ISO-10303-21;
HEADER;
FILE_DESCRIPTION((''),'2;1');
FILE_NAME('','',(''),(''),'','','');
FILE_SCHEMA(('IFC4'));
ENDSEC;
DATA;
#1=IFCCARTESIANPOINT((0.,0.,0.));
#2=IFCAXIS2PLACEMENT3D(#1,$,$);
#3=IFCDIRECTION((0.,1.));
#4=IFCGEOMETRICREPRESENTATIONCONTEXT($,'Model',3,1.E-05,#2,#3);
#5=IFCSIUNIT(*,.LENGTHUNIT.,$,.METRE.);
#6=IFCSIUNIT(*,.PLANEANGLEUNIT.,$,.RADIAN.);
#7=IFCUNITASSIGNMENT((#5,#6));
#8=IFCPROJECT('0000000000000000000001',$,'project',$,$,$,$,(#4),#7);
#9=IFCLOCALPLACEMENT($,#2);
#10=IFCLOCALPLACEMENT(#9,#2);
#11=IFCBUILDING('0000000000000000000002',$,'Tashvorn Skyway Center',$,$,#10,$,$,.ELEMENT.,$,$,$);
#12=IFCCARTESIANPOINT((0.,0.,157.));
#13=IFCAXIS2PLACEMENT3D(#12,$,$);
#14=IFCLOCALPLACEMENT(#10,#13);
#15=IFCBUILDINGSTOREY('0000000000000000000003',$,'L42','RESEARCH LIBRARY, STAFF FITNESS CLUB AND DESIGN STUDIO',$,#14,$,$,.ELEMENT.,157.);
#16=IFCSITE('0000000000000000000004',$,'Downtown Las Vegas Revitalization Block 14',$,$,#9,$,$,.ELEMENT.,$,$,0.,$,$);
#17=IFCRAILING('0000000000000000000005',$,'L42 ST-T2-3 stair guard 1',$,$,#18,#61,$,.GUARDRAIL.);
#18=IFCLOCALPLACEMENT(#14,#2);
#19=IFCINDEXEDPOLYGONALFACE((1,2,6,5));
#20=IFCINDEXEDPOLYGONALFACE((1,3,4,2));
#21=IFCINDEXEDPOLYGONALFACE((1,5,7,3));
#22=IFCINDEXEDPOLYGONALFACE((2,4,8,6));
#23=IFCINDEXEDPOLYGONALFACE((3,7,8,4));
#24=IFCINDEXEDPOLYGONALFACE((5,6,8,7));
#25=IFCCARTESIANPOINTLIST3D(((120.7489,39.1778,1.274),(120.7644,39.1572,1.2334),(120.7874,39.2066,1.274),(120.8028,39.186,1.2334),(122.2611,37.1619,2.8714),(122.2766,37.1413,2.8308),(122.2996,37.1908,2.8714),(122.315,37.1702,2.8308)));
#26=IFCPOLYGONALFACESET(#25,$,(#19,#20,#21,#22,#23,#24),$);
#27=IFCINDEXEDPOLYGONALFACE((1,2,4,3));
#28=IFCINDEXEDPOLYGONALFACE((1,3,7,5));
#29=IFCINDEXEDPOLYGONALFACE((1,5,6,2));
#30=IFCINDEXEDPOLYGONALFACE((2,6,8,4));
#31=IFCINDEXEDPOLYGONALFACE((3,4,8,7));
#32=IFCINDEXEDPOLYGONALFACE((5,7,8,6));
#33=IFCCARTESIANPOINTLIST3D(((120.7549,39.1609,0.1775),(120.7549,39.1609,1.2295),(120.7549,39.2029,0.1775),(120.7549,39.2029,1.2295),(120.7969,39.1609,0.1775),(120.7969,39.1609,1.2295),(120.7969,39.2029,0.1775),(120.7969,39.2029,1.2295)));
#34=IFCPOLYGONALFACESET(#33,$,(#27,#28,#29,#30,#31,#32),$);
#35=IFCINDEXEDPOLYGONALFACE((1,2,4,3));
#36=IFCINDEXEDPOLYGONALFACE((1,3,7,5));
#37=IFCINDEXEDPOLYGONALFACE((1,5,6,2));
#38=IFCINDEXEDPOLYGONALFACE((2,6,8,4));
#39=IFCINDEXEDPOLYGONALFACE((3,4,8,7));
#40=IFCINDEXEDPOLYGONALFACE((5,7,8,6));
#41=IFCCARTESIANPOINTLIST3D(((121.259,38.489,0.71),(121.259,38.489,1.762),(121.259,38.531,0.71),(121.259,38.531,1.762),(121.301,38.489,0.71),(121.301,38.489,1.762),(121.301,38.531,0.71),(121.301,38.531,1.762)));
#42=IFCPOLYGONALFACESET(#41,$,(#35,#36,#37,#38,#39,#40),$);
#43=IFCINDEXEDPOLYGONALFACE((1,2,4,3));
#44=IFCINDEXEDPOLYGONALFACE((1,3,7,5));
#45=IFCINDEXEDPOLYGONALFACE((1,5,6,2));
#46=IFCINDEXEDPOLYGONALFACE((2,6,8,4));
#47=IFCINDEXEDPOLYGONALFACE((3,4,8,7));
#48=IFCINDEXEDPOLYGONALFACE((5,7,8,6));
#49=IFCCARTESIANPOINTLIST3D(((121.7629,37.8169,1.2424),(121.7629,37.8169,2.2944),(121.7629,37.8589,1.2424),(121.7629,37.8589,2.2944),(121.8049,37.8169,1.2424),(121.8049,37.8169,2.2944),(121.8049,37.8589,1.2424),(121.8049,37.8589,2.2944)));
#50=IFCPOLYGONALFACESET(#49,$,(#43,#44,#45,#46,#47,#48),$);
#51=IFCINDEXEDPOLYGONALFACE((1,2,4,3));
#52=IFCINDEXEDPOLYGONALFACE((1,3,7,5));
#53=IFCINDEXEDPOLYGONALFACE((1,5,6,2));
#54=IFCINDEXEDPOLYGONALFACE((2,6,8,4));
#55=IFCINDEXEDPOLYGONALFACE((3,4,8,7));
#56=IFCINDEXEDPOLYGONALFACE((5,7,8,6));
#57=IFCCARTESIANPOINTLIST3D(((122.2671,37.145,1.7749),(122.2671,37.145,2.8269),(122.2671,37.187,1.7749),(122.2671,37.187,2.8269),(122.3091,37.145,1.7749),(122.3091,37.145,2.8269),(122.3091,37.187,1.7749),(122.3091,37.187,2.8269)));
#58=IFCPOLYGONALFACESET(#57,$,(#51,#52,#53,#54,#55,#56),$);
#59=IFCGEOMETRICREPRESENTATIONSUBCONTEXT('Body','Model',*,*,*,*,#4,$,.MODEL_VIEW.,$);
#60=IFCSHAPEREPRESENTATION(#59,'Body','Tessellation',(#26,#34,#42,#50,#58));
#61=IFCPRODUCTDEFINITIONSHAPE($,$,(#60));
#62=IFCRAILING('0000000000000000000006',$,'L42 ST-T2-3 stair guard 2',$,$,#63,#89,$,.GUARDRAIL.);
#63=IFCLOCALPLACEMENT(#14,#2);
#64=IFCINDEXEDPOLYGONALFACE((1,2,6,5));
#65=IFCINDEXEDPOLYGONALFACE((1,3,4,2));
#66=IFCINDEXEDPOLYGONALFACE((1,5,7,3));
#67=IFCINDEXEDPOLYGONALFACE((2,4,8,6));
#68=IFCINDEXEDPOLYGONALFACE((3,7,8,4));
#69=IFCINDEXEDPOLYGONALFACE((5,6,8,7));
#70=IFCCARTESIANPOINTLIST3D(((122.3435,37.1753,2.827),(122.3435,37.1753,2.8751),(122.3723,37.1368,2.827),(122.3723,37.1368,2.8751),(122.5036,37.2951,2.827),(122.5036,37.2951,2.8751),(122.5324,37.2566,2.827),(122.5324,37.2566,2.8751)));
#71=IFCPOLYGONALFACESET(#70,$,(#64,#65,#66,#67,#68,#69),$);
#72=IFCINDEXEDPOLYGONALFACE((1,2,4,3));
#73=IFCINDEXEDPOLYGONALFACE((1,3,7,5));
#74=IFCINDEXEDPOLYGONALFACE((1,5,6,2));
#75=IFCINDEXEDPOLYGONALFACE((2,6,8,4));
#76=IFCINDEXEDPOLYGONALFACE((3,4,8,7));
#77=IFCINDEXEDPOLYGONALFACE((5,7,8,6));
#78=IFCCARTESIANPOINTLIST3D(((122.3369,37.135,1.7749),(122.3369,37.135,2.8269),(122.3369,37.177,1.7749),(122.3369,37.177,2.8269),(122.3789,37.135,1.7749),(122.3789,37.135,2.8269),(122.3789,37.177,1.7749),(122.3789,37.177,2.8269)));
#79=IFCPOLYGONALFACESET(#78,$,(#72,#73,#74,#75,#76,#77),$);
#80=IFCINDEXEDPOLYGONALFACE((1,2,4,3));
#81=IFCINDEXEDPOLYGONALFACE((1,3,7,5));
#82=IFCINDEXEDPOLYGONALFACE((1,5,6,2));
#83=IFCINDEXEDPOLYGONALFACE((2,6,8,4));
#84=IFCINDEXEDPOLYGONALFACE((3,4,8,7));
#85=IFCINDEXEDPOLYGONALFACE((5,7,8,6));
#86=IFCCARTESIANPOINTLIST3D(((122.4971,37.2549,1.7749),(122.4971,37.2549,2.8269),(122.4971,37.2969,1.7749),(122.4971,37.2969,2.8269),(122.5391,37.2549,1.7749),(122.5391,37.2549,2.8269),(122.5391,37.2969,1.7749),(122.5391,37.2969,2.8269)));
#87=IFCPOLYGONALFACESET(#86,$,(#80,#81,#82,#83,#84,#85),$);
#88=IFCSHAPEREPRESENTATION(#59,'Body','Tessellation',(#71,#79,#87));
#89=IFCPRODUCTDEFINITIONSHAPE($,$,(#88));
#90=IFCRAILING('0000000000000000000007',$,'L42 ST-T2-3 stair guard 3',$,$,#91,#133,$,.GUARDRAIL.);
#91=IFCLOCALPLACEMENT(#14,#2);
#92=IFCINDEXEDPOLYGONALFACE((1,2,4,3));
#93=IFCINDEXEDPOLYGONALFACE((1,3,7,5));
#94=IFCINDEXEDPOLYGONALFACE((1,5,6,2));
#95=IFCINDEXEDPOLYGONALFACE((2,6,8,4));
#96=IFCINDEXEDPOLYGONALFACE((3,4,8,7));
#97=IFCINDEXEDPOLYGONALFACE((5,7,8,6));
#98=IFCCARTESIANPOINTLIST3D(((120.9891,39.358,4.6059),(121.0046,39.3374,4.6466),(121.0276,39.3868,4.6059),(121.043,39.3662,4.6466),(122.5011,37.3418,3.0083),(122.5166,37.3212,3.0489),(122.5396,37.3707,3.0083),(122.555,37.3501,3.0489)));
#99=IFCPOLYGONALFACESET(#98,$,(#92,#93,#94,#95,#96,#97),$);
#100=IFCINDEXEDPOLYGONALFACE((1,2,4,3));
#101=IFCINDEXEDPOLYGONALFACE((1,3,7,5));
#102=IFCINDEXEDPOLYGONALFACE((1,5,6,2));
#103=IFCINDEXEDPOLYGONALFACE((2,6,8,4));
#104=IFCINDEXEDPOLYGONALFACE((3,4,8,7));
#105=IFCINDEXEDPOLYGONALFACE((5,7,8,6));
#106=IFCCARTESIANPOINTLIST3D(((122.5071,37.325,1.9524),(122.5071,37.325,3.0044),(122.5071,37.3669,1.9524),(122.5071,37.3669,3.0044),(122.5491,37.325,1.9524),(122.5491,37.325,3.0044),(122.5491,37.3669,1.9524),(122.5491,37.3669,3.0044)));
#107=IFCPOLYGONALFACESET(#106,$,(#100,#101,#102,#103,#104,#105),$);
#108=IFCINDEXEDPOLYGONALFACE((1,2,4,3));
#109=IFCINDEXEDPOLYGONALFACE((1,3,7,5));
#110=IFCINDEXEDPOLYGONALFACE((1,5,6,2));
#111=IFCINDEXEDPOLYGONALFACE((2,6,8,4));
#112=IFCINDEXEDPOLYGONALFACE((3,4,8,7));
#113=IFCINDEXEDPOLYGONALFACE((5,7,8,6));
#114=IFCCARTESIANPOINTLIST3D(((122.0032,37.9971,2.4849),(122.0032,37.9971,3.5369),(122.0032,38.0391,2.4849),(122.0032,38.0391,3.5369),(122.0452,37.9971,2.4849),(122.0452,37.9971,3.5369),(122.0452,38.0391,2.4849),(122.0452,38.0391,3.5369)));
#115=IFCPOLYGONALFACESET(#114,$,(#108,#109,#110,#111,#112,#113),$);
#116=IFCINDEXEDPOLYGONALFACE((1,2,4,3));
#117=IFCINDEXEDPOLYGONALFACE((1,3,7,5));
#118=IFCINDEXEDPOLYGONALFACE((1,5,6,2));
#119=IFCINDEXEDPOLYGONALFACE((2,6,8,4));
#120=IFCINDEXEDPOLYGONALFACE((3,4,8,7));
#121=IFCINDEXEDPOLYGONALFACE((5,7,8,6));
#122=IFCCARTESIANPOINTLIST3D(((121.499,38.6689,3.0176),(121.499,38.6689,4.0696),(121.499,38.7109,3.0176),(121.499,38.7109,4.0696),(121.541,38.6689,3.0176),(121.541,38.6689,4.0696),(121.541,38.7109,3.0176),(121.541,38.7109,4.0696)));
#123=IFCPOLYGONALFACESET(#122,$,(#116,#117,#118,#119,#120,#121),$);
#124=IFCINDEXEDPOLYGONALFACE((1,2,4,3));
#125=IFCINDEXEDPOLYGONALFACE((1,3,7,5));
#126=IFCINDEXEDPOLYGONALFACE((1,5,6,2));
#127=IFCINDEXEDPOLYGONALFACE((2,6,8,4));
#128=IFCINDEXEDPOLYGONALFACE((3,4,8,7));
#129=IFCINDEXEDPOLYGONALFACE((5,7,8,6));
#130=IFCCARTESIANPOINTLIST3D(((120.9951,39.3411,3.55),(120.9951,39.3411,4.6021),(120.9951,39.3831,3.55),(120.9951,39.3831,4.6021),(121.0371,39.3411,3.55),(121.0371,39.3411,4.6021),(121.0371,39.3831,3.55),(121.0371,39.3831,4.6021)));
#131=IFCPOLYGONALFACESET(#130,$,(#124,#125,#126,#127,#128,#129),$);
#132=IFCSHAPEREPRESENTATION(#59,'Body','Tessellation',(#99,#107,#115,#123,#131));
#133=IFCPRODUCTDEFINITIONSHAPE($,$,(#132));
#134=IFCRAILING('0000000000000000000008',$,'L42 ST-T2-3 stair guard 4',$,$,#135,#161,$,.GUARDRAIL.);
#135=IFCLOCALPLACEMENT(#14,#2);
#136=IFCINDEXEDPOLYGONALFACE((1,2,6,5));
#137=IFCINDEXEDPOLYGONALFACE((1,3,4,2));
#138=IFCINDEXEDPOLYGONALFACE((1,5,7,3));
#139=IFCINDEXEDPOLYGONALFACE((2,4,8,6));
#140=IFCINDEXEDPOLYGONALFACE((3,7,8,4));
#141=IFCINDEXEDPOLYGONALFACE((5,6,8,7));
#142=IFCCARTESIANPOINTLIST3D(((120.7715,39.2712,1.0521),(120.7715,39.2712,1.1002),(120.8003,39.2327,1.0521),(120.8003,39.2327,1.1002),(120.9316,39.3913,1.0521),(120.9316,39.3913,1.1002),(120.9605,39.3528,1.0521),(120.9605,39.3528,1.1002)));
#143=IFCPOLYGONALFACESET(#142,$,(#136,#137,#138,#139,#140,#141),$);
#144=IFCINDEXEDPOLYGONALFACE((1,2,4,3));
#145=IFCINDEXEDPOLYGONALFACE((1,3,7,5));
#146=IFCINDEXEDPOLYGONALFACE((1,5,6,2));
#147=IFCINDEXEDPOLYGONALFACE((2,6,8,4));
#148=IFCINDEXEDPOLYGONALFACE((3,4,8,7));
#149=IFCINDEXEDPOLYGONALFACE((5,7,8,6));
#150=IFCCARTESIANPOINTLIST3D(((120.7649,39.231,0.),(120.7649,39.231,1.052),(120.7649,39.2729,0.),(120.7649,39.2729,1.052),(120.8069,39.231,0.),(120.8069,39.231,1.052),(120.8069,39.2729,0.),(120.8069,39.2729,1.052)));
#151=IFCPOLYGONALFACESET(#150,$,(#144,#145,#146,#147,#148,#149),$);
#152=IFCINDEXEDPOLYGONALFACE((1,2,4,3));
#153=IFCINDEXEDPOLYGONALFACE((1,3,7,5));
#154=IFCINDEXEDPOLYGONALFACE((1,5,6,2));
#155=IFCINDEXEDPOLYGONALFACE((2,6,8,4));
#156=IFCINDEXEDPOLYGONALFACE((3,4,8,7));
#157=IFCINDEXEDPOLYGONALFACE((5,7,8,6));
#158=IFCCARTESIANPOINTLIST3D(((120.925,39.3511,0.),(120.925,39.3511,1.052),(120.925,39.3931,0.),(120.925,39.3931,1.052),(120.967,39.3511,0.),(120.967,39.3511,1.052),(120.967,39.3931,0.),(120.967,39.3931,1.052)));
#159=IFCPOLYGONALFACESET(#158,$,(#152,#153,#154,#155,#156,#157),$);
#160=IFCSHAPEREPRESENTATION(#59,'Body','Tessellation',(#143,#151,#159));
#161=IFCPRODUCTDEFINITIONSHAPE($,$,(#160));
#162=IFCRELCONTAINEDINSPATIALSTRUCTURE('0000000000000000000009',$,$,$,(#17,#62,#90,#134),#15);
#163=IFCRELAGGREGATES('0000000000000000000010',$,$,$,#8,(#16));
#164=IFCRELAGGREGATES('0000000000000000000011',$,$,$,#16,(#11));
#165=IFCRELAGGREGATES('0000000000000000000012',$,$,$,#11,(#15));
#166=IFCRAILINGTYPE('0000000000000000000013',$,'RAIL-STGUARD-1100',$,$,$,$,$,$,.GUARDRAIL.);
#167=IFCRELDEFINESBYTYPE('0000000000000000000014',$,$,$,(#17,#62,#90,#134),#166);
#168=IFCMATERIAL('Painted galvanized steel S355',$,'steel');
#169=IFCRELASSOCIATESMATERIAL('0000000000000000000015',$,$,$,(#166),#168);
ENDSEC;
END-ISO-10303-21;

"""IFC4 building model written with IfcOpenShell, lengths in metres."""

from ifc_helpers import new_model, si_unit, direction, frame, origin, origin_2d, place, context, subcontext, project, spatial, rectangle, extrude, material, type_object, element, save


model = new_model("IFC4")

# Units and contexts
model_context = context("Model", 3, precision=1e-05, world=origin(), true_north=direction((0.0, 1.0)))
body_context = subcontext(model_context, "Body", "Model", "MODEL_VIEW")
ifc_project = project(units=[si_unit("LENGTHUNIT", "METRE"), si_unit("PLANEANGLEUNIT", "RADIAN")], contexts=[model_context])

# Site, building, storey
site_placement = place(None, origin())
site = spatial("IfcSite", under=ifc_project, at=site_placement, Name="Downtown Las Vegas Revitalization Block 14", CompositionType="ELEMENT", RefElevation=0.0)
building_placement = place(site_placement, origin())
building = spatial("IfcBuilding", under=site, at=building_placement, Name="Tashvorn Skyway Center", CompositionType="ELEMENT")
storey_placement = place(building_placement, frame((0.0, 0.0, 157.0)))
storey = spatial("IfcBuildingStorey", under=building, at=storey_placement, Name="L42", Description="RESEARCH LIBRARY, STAFF FITNESS CLUB AND DESIGN STUDIO", CompositionType="ELEMENT", Elevation=157.0)

# Railings
ifc_material_1 = material(Name="Painted galvanized steel S355", Category="steel")
railing_type_1 = type_object("IfcRailingType", Name="RAIL-STGUARD-1100", PredefinedType="GUARDRAIL", material=ifc_material_1)
railing_1_placement = place(storey_placement, frame((120.7759, 39.1819, 0.1775)))
element("IfcRailing", 1, at=railing_1_placement, inside=storey, type_object=railing_type_1, Name="L42 ST-T2-3 stair guard 1", PredefinedType="GUARDRAIL", context=body_context, shape_type="SweptSolid", body=[
    extrude(rectangle(XDim=0.0481, YDim=0.0481, at=origin_2d()), frame((0.0, 0.0, 1.0762), z_axis=(0.50683, -0.675636, 0.535387), x_axis=(0.799942, 0.600078, 0.0)), (0.0, 0.0, 1.0), 2.9836),
    extrude(rectangle(XDim=0.042, YDim=0.042, at=origin_2d()), origin(), (0.0, 0.0, 1.0), 1.052),
    extrude(rectangle(XDim=0.042, YDim=0.042, at=origin_2d()), frame((0.5042, -0.6719, 0.5325)), (0.0, 0.0, 1.0), 1.052),
    extrude(rectangle(XDim=0.042, YDim=0.042, at=origin_2d()), frame((1.0081, -1.344, 1.0649)), (0.0, 0.0, 1.0), 1.052),
    extrude(rectangle(XDim=0.042, YDim=0.042, at=origin_2d()), frame((1.5122, -2.0159, 1.5974)), (0.0, 0.0, 1.0), 1.052),
])
railing_2_placement = place(storey_placement, frame((122.3579, 37.156, 1.7749)))
element("IfcRailing", 2, at=railing_2_placement, inside=storey, type_object=railing_type_1, Name="L42 ST-T2-3 stair guard 2", PredefinedType="GUARDRAIL", context=body_context, shape_type="SweptSolid", body=[
    extrude(rectangle(XDim=0.0481, YDim=0.0481, at=origin_2d()), frame((0.0, 0.0, 1.0762), z_axis=(0.800585, 0.599219, 0.0), x_axis=(-0.599219, 0.800585, 0.0)), (0.0, 0.0, 1.0), 0.2),
    extrude(rectangle(XDim=0.042, YDim=0.042, at=origin_2d()), origin(), (0.0, 0.0, 1.0), 1.052),
    extrude(rectangle(XDim=0.042, YDim=0.042, at=origin_2d()), frame((0.1602, 0.1199, 0.0)), (0.0, 0.0, 1.0), 1.052),
])
railing_3_placement = place(storey_placement, frame((122.5281, 37.3459, 1.9524)))
element("IfcRailing", 3, at=railing_3_placement, inside=storey, type_object=railing_type_1, Name="L42 ST-T2-3 stair guard 3", PredefinedType="GUARDRAIL", context=body_context, shape_type="SweptSolid", body=[
    extrude(rectangle(XDim=0.0481, YDim=0.0481, at=origin_2d()), frame((0.0, 0.0, 1.0762), z_axis=(-0.506719, 0.675679, 0.535438), x_axis=(-0.800023, -0.599969, 0.0)), (0.0, 0.0, 1.0), 2.9839),
    extrude(rectangle(XDim=0.042, YDim=0.042, at=origin_2d()), origin(), (0.0, 0.0, 1.0), 1.052),
    extrude(rectangle(XDim=0.042, YDim=0.042, at=origin_2d()), frame((-0.5039, 0.6721, 0.5325)), (0.0, 0.0, 1.0), 1.052),
    extrude(rectangle(XDim=0.042, YDim=0.042, at=origin_2d()), frame((-1.0081, 1.344, 1.0652)), (0.0, 0.0, 1.0), 1.052),
    extrude(rectangle(XDim=0.042, YDim=0.042, at=origin_2d()), frame((-1.512, 2.0161, 1.5977)), (0.0, 0.0, 1.0), 1.052),
])
railing_4_placement = place(storey_placement, frame((120.7859, 39.252, 0.0)))
element("IfcRailing", 4, at=railing_4_placement, inside=storey, type_object=railing_type_1, Name="L42 ST-T2-3 stair guard 4", PredefinedType="GUARDRAIL", context=body_context, shape_type="SweptSolid", body=[
    extrude(rectangle(XDim=0.0481, YDim=0.0481, at=origin_2d()), frame((0.0, 0.0, 1.0762), z_axis=(0.8, 0.6, 0.0), x_axis=(-0.6, 0.8, 0.0)), (0.0, 0.0, 1.0), 0.2002),
    extrude(rectangle(XDim=0.042, YDim=0.042, at=origin_2d()), origin(), (0.0, 0.0, 1.0), 1.052),
    extrude(rectangle(XDim=0.042, YDim=0.042, at=origin_2d()), frame((0.1602, 0.1201, 0.0)), (0.0, 0.0, 1.0), 1.052),
])

save(model, "model.ifc")
